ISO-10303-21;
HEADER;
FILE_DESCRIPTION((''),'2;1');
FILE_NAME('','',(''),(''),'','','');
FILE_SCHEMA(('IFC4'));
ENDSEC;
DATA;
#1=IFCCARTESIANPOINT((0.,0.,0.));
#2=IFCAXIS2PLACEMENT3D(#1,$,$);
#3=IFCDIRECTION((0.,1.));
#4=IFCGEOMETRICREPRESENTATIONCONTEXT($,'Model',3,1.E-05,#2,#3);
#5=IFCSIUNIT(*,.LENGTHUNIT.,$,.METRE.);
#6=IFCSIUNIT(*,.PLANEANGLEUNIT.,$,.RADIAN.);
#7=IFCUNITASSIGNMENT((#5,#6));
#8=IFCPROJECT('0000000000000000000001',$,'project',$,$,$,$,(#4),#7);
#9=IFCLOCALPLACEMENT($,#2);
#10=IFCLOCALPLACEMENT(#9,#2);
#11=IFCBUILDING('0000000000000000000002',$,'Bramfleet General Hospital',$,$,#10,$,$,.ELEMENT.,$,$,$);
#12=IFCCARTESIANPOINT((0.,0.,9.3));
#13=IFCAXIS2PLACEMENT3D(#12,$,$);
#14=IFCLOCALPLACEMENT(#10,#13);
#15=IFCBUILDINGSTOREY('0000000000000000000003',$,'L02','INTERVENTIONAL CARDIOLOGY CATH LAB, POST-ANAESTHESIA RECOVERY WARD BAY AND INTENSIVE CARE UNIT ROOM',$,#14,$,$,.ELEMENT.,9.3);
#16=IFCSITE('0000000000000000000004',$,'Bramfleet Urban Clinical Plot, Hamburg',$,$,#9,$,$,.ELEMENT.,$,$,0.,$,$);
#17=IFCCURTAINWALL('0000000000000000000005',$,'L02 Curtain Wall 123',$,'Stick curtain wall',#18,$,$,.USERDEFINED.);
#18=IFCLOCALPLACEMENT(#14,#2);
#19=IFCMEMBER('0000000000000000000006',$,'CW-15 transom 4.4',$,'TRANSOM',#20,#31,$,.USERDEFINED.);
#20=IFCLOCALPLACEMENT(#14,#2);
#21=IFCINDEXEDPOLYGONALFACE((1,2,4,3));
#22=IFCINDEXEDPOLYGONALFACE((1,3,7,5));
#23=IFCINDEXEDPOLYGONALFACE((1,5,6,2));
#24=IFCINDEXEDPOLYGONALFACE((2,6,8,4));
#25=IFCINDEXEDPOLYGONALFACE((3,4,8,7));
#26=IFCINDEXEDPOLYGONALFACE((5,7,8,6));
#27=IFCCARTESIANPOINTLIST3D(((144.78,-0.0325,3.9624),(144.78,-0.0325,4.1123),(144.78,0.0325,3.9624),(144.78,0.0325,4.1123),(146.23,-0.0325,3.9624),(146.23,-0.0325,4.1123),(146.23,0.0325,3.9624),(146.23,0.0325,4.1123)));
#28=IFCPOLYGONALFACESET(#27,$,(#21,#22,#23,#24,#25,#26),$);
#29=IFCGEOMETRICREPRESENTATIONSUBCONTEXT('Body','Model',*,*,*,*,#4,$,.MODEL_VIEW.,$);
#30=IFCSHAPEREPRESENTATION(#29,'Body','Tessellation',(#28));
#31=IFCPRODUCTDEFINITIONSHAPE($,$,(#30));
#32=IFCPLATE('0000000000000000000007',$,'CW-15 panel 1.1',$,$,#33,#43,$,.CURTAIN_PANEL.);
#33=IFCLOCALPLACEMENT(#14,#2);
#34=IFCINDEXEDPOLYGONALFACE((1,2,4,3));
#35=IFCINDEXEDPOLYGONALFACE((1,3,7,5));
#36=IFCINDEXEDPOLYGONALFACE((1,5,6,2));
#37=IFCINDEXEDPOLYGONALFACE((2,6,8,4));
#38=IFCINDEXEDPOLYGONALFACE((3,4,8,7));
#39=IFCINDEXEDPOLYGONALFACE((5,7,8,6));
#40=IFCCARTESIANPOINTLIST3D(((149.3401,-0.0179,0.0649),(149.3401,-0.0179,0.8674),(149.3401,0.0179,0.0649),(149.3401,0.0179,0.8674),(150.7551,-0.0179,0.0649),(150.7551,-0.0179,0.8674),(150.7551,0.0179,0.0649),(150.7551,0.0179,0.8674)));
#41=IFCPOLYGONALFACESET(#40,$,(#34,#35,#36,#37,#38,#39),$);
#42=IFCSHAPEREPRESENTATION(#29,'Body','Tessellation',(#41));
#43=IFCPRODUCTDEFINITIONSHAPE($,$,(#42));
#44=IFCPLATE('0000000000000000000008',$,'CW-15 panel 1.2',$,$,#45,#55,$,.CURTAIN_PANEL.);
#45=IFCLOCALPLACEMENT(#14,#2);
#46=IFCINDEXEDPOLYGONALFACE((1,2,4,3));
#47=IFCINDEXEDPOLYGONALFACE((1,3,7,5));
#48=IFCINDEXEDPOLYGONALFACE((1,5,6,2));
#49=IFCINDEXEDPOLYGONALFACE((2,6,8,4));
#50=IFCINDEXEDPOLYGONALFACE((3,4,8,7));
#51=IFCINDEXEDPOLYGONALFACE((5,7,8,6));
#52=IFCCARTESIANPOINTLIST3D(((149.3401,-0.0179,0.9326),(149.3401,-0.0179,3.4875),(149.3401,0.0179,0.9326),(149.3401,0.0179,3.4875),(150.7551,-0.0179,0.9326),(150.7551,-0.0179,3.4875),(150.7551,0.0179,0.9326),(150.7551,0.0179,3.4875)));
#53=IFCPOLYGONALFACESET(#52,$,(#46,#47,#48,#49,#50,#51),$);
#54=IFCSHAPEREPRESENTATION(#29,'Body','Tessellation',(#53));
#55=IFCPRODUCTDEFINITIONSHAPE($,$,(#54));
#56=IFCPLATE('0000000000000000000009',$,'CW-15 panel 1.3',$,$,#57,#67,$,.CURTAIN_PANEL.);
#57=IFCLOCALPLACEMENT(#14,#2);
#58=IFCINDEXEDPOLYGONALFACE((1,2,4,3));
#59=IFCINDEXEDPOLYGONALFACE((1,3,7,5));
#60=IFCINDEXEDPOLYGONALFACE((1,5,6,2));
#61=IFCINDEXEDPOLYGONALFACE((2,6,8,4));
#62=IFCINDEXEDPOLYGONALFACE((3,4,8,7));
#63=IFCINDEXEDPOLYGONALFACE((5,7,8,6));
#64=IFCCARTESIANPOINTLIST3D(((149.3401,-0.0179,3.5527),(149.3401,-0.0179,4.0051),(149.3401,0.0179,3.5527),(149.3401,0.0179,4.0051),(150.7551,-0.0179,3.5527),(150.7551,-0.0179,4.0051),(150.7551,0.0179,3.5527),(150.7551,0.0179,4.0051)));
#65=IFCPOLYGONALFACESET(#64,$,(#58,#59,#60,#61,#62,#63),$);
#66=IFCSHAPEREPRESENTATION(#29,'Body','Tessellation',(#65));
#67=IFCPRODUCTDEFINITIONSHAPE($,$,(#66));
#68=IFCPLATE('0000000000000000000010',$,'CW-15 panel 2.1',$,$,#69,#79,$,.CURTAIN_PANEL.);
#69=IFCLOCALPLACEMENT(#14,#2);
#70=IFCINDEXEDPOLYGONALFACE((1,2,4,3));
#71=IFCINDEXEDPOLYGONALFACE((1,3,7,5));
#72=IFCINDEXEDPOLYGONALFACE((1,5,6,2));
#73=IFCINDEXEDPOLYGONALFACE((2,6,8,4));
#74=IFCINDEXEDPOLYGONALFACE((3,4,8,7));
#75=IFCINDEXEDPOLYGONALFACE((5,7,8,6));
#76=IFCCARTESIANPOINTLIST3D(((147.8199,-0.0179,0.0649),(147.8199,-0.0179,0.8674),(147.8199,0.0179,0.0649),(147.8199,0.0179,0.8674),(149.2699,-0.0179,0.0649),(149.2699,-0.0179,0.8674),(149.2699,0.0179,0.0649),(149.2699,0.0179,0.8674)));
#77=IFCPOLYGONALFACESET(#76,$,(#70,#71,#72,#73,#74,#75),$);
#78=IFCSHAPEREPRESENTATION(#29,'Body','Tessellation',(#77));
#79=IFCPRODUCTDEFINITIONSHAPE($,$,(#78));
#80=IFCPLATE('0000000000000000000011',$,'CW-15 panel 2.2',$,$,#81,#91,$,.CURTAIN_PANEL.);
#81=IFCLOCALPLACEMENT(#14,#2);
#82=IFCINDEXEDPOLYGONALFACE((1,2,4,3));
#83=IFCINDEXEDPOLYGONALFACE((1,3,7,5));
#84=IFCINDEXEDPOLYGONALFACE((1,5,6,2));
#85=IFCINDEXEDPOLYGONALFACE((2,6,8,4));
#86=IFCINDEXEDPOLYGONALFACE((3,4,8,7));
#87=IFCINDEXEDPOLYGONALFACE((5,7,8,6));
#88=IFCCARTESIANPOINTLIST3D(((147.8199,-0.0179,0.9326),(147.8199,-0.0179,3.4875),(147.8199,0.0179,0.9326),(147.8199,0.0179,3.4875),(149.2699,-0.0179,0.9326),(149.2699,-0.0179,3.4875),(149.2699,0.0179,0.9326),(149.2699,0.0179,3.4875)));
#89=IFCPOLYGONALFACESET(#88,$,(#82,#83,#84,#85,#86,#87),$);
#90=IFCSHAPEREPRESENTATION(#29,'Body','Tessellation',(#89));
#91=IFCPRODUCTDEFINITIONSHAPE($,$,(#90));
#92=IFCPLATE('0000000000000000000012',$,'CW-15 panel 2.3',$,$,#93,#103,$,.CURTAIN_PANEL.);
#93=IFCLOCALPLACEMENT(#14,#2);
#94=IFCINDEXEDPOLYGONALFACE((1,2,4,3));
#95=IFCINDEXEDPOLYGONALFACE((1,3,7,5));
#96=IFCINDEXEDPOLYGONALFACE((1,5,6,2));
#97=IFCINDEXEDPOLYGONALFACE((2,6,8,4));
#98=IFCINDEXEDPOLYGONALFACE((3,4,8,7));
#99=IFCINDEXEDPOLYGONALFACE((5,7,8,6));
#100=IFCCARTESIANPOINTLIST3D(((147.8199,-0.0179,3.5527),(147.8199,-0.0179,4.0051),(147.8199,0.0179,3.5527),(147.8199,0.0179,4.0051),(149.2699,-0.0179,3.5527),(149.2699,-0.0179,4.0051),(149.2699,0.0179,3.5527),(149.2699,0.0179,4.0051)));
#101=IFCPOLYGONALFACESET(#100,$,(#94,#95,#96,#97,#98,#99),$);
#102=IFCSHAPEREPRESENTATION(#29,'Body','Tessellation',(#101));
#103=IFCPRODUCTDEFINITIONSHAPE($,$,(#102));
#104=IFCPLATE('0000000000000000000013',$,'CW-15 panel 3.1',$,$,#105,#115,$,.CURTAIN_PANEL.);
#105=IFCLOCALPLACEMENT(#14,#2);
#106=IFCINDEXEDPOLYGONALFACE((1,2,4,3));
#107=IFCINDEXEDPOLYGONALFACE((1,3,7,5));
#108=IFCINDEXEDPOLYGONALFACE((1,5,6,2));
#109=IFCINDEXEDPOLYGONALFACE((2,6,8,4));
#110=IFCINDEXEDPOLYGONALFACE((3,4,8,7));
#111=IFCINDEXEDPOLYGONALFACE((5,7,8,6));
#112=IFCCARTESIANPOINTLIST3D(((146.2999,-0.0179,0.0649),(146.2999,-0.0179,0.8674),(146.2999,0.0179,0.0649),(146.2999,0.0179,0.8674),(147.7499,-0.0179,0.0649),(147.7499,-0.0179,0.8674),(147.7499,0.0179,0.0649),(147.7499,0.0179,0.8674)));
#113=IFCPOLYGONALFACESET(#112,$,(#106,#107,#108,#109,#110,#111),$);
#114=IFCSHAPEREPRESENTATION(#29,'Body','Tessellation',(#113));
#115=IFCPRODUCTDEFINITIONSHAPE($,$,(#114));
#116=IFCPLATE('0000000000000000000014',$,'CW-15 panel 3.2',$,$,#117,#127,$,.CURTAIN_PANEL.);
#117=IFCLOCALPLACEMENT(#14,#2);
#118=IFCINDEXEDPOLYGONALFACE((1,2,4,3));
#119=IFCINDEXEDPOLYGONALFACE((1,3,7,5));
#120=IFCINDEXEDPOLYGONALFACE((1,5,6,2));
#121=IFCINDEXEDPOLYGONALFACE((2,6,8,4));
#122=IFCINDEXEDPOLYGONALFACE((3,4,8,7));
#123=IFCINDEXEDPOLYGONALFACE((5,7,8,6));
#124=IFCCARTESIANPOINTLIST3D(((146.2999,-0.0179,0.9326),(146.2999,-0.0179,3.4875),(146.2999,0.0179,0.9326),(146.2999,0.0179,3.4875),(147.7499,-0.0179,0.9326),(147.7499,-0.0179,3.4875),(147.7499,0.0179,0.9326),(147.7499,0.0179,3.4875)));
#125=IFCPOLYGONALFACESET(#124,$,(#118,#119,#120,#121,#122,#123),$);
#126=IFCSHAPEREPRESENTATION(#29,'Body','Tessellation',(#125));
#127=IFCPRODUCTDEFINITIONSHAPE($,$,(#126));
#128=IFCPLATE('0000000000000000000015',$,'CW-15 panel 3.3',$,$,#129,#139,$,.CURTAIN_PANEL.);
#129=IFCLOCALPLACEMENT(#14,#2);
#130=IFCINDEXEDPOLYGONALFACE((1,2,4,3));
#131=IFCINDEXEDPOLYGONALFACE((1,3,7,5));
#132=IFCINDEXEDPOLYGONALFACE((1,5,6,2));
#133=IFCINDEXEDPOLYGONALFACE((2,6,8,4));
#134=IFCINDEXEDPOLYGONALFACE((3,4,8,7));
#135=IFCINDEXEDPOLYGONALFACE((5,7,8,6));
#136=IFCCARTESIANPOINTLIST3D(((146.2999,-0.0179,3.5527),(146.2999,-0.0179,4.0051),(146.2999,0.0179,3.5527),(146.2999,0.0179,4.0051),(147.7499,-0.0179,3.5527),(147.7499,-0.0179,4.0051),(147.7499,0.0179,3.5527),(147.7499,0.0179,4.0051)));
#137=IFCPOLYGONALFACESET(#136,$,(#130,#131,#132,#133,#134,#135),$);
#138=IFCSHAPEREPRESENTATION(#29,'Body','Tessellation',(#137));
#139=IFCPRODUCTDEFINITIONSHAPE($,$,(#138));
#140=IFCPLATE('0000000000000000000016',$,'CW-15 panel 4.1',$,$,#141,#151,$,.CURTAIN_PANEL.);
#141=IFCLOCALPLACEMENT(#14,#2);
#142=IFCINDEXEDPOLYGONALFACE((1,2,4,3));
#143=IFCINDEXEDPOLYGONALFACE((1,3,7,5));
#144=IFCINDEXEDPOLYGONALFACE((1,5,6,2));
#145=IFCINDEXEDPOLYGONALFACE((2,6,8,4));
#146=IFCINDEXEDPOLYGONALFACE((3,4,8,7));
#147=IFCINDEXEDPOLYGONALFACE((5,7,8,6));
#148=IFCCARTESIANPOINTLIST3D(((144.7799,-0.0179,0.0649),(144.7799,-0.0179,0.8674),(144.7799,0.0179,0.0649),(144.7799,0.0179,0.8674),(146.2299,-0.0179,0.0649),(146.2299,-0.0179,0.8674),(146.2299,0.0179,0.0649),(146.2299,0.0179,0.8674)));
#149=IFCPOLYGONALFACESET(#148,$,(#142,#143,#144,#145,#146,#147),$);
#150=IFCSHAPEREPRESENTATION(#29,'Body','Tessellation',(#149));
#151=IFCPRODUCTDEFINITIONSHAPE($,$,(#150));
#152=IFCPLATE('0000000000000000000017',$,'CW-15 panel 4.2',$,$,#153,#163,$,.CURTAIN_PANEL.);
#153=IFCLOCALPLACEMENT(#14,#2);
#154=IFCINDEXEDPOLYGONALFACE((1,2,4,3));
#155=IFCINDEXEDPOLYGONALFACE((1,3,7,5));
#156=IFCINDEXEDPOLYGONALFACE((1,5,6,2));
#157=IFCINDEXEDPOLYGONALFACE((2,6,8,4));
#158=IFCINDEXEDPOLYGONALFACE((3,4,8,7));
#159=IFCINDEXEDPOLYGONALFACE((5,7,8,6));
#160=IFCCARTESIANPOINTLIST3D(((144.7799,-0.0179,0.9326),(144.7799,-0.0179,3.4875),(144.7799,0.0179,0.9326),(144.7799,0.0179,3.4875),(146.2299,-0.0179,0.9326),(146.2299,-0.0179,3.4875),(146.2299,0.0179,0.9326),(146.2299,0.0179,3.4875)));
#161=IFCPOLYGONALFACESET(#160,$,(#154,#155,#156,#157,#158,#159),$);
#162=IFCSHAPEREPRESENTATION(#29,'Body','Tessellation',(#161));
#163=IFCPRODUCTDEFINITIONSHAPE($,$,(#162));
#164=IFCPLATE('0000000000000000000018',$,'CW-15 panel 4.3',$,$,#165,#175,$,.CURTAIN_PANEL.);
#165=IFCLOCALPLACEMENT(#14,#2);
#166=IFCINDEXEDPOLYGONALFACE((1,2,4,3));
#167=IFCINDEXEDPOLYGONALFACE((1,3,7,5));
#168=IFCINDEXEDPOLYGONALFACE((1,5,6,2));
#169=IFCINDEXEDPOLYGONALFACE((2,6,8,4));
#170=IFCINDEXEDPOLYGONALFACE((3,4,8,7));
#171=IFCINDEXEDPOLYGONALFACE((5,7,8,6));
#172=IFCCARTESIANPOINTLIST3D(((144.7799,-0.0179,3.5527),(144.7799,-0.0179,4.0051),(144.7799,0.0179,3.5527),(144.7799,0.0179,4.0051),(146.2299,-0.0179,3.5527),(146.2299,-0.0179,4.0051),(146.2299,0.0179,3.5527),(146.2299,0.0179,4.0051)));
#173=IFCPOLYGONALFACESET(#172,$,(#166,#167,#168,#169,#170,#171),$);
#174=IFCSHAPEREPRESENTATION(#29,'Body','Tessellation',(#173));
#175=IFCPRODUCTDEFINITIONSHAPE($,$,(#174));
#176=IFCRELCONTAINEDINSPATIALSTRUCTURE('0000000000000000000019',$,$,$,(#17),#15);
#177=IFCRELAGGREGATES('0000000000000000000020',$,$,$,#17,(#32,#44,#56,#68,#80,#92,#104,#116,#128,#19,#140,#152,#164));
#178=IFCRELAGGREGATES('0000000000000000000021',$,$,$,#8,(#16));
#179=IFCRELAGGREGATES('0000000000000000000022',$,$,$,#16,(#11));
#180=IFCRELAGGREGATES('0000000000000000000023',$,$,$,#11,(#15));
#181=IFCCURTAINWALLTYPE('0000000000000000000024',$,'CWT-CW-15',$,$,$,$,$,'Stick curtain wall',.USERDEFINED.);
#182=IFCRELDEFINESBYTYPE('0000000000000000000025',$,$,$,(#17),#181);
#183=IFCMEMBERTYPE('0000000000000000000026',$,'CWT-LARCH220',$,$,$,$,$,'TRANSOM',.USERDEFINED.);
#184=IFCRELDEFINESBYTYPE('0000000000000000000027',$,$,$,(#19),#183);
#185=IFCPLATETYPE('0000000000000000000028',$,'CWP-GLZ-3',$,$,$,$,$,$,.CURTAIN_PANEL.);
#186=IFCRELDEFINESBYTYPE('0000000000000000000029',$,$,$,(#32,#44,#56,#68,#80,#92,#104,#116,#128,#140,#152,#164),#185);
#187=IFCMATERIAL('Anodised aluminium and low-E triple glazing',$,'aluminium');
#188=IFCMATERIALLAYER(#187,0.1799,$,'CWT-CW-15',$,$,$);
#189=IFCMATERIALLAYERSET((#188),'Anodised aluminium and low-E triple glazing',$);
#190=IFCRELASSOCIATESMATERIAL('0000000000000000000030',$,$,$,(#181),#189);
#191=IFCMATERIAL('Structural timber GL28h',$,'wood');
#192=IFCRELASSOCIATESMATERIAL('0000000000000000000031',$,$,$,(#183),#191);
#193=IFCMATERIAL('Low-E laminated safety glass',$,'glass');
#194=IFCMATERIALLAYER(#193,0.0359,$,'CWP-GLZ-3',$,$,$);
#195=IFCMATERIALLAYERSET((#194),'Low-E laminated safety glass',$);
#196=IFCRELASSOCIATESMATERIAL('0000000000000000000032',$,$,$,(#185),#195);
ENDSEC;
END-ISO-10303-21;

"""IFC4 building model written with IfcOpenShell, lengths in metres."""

from ifc_helpers import new_model, si_unit, direction, frame, origin, origin_2d, place, context, subcontext, project, spatial, rectangle, extrude, material, layer, layer_set, material_profile, profile_set, type_object, element, aggregate, save


model = new_model("IFC4")

# Units and contexts
model_context = context("Model", 3, precision=1e-05, world=origin(), true_north=direction((0.0, 1.0)))
body_context = subcontext(model_context, "Body", "Model", "MODEL_VIEW")
ifc_project = project(units=[si_unit("LENGTHUNIT", "METRE"), si_unit("PLANEANGLEUNIT", "RADIAN")], contexts=[model_context])

# Site, building, storey
site_placement = place(None, origin())
site = spatial("IfcSite", under=ifc_project, at=site_placement, Name="Bramfleet Urban Clinical Plot, Hamburg", CompositionType="ELEMENT", RefElevation=0.0)
building_placement = place(site_placement, origin())
building = spatial("IfcBuilding", under=site, at=building_placement, Name="Bramfleet General Hospital", CompositionType="ELEMENT")
storey_placement = place(building_placement, frame((0.0, 0.0, 9.3)))
storey = spatial("IfcBuildingStorey", under=building, at=storey_placement, Name="L02", Description="INTERVENTIONAL CARDIOLOGY CATH LAB, POST-ANAESTHESIA RECOVERY WARD BAY AND INTENSIVE CARE UNIT ROOM", CompositionType="ELEMENT", Elevation=9.3)

# Curtain wall, member, plates
ifc_material_1 = material(Name="Anodised aluminium and low-E triple glazing", Category="aluminium")
ifc_layer_1 = layer(ifc_material_1, 0.1799, Name="CWT-CW-15")
ifc_layer_set_1 = layer_set([ifc_layer_1], Name="Anodised aluminium and low-E triple glazing")
curtain_wall_type = type_object("IfcCurtainWallType", Name="CWT-CW-15", ElementType="Stick curtain wall", PredefinedType="USERDEFINED", material=ifc_layer_set_1)
curtain_wall_placement = place(storey_placement, origin())
curtain_wall = element("IfcCurtainWall", 1, at=curtain_wall_placement, inside=storey, type_object=curtain_wall_type, Name="L02 Curtain Wall 123", ObjectType="Stick curtain wall", PredefinedType="USERDEFINED")
ifc_material_2 = material(Name="Structural timber GL28h", Category="wood")
ifc_material_profile_1 = material_profile(ifc_material_2, rectangle(XDim=0.0649, YDim=0.1499, at=origin_2d()), Name="LARCH 150x65")
ifc_profile_set_1 = profile_set([ifc_material_profile_1], Name="Structural timber GL28h")
member_type_1 = type_object("IfcMemberType", Name="CWT-LARCH220", ElementType="TRANSOM", PredefinedType="USERDEFINED", material=ifc_profile_set_1)
member_1_placement = place(storey_placement, frame((146.23, 0.0, 4.0374), z_axis=(-1.0, 0.0, 0.0), x_axis=(0.0, -1.0, 0.0)))
member_1 = element("IfcMember", 2, at=member_1_placement, type_object=member_type_1, Name="CW-15 transom 4.4", ObjectType="TRANSOM", PredefinedType="USERDEFINED", context=body_context, shape_type="SweptSolid", body=[
    extrude(rectangle(XDim=0.0649, YDim=0.1499, at=origin_2d()), origin(), (0.0, 0.0, 1.0), 1.45),
])
ifc_material_3 = material(Name="Low-E laminated safety glass", Category="glass")
ifc_layer_2 = layer(ifc_material_3, 0.0359, Name="CWP-GLZ-3")
ifc_layer_set_2 = layer_set([ifc_layer_2], Name="Low-E laminated safety glass")
plate_type = type_object("IfcPlateType", Name="CWP-GLZ-3", PredefinedType="CURTAIN_PANEL", material=ifc_layer_set_2)
plate_1_placement = place(storey_placement, frame((150.0476, 0.0, 0.0649), z_axis=(0.0, 0.0, 1.0), x_axis=(-1.0, 0.0, 0.0)))
plate_1 = element("IfcPlate", 3, at=plate_1_placement, type_object=plate_type, Name="CW-15 panel 1.1", PredefinedType="CURTAIN_PANEL", context=body_context, shape_type="SweptSolid", body=[
    extrude(rectangle(XDim=1.415, YDim=0.0359, at=origin_2d()), origin(), (0.0, 0.0, 1.0), 0.8025),
])
plate_2_placement = place(storey_placement, frame((150.0476, 0.0, 0.9326), z_axis=(0.0, 0.0, 1.0), x_axis=(-1.0, 0.0, 0.0)))
plate_2 = element("IfcPlate", 4, at=plate_2_placement, type_object=plate_type, Name="CW-15 panel 1.2", PredefinedType="CURTAIN_PANEL", context=body_context, shape_type="SweptSolid", body=[
    extrude(rectangle(XDim=1.415, YDim=0.0359, at=origin_2d()), origin(), (0.0, 0.0, 1.0), 2.5549),
])
plate_3_placement = place(storey_placement, frame((150.0476, 0.0, 3.5527), z_axis=(0.0, 0.0, 1.0), x_axis=(-1.0, 0.0, 0.0)))
plate_3 = element("IfcPlate", 5, at=plate_3_placement, type_object=plate_type, Name="CW-15 panel 1.3", PredefinedType="CURTAIN_PANEL", context=body_context, shape_type="SweptSolid", body=[
    extrude(rectangle(XDim=1.415, YDim=0.0359, at=origin_2d()), origin(), (0.0, 0.0, 1.0), 0.4524),
])
plate_4_placement = place(storey_placement, frame((148.5449, 0.0, 0.0649), z_axis=(0.0, 0.0, 1.0), x_axis=(-1.0, 0.0, 0.0)))
plate_4 = element("IfcPlate", 6, at=plate_4_placement, type_object=plate_type, Name="CW-15 panel 2.1", PredefinedType="CURTAIN_PANEL", context=body_context, shape_type="SweptSolid", body=[
    extrude(rectangle(XDim=1.45, YDim=0.0359, at=origin_2d()), origin(), (0.0, 0.0, 1.0), 0.8025),
])
plate_5_placement = place(storey_placement, frame((148.5449, 0.0, 0.9326), z_axis=(0.0, 0.0, 1.0), x_axis=(-1.0, 0.0, 0.0)))
plate_5 = element("IfcPlate", 7, at=plate_5_placement, type_object=plate_type, Name="CW-15 panel 2.2", PredefinedType="CURTAIN_PANEL", context=body_context, shape_type="SweptSolid", body=[
    extrude(rectangle(XDim=1.45, YDim=0.0359, at=origin_2d()), origin(), (0.0, 0.0, 1.0), 2.5549),
])
plate_6_placement = place(storey_placement, frame((148.5449, 0.0, 3.5527), z_axis=(0.0, 0.0, 1.0), x_axis=(-1.0, 0.0, 0.0)))
plate_6 = element("IfcPlate", 8, at=plate_6_placement, type_object=plate_type, Name="CW-15 panel 2.3", PredefinedType="CURTAIN_PANEL", context=body_context, shape_type="SweptSolid", body=[
    extrude(rectangle(XDim=1.45, YDim=0.0359, at=origin_2d()), origin(), (0.0, 0.0, 1.0), 0.4524),
])
plate_7_placement = place(storey_placement, frame((147.0249, 0.0, 0.0649), z_axis=(0.0, 0.0, 1.0), x_axis=(-1.0, 0.0, 0.0)))
plate_7 = element("IfcPlate", 9, at=plate_7_placement, type_object=plate_type, Name="CW-15 panel 3.1", PredefinedType="CURTAIN_PANEL", context=body_context, shape_type="SweptSolid", body=[
    extrude(rectangle(XDim=1.45, YDim=0.0359, at=origin_2d()), origin(), (0.0, 0.0, 1.0), 0.8025),
])
plate_8_placement = place(storey_placement, frame((147.0249, 0.0, 0.9326), z_axis=(0.0, 0.0, 1.0), x_axis=(-1.0, 0.0, 0.0)))
plate_8 = element("IfcPlate", 10, at=plate_8_placement, type_object=plate_type, Name="CW-15 panel 3.2", PredefinedType="CURTAIN_PANEL", context=body_context, shape_type="SweptSolid", body=[
    extrude(rectangle(XDim=1.45, YDim=0.0359, at=origin_2d()), origin(), (0.0, 0.0, 1.0), 2.5549),
])
plate_9_placement = place(storey_placement, frame((147.0249, 0.0, 3.5527), z_axis=(0.0, 0.0, 1.0), x_axis=(-1.0, 0.0, 0.0)))
plate_9 = element("IfcPlate", 11, at=plate_9_placement, type_object=plate_type, Name="CW-15 panel 3.3", PredefinedType="CURTAIN_PANEL", context=body_context, shape_type="SweptSolid", body=[
    extrude(rectangle(XDim=1.45, YDim=0.0359, at=origin_2d()), origin(), (0.0, 0.0, 1.0), 0.4524),
])
plate_10_placement = place(storey_placement, frame((145.5049, 0.0, 0.0649), z_axis=(0.0, 0.0, 1.0), x_axis=(-1.0, 0.0, 0.0)))
plate_10 = element("IfcPlate", 12, at=plate_10_placement, type_object=plate_type, Name="CW-15 panel 4.1", PredefinedType="CURTAIN_PANEL", context=body_context, shape_type="SweptSolid", body=[
    extrude(rectangle(XDim=1.45, YDim=0.0359, at=origin_2d()), origin(), (0.0, 0.0, 1.0), 0.8025),
])
plate_11_placement = place(storey_placement, frame((145.5049, 0.0, 0.9326), z_axis=(0.0, 0.0, 1.0), x_axis=(-1.0, 0.0, 0.0)))
plate_11 = element("IfcPlate", 13, at=plate_11_placement, type_object=plate_type, Name="CW-15 panel 4.2", PredefinedType="CURTAIN_PANEL", context=body_context, shape_type="SweptSolid", body=[
    extrude(rectangle(XDim=1.45, YDim=0.0359, at=origin_2d()), origin(), (0.0, 0.0, 1.0), 2.5549),
])
plate_12_placement = place(storey_placement, frame((145.5049, 0.0, 3.5527), z_axis=(0.0, 0.0, 1.0), x_axis=(-1.0, 0.0, 0.0)))
plate_12 = element("IfcPlate", 14, at=plate_12_placement, type_object=plate_type, Name="CW-15 panel 4.3", PredefinedType="CURTAIN_PANEL", context=body_context, shape_type="SweptSolid", body=[
    extrude(rectangle(XDim=1.45, YDim=0.0359, at=origin_2d()), origin(), (0.0, 0.0, 1.0), 0.4524),
])
aggregate(curtain_wall, [plate_1, plate_2, plate_3, plate_4, plate_5, plate_6, plate_7, plate_8, plate_9, member_1, plate_10, plate_11, plate_12])

save(model, "model.ifc")
